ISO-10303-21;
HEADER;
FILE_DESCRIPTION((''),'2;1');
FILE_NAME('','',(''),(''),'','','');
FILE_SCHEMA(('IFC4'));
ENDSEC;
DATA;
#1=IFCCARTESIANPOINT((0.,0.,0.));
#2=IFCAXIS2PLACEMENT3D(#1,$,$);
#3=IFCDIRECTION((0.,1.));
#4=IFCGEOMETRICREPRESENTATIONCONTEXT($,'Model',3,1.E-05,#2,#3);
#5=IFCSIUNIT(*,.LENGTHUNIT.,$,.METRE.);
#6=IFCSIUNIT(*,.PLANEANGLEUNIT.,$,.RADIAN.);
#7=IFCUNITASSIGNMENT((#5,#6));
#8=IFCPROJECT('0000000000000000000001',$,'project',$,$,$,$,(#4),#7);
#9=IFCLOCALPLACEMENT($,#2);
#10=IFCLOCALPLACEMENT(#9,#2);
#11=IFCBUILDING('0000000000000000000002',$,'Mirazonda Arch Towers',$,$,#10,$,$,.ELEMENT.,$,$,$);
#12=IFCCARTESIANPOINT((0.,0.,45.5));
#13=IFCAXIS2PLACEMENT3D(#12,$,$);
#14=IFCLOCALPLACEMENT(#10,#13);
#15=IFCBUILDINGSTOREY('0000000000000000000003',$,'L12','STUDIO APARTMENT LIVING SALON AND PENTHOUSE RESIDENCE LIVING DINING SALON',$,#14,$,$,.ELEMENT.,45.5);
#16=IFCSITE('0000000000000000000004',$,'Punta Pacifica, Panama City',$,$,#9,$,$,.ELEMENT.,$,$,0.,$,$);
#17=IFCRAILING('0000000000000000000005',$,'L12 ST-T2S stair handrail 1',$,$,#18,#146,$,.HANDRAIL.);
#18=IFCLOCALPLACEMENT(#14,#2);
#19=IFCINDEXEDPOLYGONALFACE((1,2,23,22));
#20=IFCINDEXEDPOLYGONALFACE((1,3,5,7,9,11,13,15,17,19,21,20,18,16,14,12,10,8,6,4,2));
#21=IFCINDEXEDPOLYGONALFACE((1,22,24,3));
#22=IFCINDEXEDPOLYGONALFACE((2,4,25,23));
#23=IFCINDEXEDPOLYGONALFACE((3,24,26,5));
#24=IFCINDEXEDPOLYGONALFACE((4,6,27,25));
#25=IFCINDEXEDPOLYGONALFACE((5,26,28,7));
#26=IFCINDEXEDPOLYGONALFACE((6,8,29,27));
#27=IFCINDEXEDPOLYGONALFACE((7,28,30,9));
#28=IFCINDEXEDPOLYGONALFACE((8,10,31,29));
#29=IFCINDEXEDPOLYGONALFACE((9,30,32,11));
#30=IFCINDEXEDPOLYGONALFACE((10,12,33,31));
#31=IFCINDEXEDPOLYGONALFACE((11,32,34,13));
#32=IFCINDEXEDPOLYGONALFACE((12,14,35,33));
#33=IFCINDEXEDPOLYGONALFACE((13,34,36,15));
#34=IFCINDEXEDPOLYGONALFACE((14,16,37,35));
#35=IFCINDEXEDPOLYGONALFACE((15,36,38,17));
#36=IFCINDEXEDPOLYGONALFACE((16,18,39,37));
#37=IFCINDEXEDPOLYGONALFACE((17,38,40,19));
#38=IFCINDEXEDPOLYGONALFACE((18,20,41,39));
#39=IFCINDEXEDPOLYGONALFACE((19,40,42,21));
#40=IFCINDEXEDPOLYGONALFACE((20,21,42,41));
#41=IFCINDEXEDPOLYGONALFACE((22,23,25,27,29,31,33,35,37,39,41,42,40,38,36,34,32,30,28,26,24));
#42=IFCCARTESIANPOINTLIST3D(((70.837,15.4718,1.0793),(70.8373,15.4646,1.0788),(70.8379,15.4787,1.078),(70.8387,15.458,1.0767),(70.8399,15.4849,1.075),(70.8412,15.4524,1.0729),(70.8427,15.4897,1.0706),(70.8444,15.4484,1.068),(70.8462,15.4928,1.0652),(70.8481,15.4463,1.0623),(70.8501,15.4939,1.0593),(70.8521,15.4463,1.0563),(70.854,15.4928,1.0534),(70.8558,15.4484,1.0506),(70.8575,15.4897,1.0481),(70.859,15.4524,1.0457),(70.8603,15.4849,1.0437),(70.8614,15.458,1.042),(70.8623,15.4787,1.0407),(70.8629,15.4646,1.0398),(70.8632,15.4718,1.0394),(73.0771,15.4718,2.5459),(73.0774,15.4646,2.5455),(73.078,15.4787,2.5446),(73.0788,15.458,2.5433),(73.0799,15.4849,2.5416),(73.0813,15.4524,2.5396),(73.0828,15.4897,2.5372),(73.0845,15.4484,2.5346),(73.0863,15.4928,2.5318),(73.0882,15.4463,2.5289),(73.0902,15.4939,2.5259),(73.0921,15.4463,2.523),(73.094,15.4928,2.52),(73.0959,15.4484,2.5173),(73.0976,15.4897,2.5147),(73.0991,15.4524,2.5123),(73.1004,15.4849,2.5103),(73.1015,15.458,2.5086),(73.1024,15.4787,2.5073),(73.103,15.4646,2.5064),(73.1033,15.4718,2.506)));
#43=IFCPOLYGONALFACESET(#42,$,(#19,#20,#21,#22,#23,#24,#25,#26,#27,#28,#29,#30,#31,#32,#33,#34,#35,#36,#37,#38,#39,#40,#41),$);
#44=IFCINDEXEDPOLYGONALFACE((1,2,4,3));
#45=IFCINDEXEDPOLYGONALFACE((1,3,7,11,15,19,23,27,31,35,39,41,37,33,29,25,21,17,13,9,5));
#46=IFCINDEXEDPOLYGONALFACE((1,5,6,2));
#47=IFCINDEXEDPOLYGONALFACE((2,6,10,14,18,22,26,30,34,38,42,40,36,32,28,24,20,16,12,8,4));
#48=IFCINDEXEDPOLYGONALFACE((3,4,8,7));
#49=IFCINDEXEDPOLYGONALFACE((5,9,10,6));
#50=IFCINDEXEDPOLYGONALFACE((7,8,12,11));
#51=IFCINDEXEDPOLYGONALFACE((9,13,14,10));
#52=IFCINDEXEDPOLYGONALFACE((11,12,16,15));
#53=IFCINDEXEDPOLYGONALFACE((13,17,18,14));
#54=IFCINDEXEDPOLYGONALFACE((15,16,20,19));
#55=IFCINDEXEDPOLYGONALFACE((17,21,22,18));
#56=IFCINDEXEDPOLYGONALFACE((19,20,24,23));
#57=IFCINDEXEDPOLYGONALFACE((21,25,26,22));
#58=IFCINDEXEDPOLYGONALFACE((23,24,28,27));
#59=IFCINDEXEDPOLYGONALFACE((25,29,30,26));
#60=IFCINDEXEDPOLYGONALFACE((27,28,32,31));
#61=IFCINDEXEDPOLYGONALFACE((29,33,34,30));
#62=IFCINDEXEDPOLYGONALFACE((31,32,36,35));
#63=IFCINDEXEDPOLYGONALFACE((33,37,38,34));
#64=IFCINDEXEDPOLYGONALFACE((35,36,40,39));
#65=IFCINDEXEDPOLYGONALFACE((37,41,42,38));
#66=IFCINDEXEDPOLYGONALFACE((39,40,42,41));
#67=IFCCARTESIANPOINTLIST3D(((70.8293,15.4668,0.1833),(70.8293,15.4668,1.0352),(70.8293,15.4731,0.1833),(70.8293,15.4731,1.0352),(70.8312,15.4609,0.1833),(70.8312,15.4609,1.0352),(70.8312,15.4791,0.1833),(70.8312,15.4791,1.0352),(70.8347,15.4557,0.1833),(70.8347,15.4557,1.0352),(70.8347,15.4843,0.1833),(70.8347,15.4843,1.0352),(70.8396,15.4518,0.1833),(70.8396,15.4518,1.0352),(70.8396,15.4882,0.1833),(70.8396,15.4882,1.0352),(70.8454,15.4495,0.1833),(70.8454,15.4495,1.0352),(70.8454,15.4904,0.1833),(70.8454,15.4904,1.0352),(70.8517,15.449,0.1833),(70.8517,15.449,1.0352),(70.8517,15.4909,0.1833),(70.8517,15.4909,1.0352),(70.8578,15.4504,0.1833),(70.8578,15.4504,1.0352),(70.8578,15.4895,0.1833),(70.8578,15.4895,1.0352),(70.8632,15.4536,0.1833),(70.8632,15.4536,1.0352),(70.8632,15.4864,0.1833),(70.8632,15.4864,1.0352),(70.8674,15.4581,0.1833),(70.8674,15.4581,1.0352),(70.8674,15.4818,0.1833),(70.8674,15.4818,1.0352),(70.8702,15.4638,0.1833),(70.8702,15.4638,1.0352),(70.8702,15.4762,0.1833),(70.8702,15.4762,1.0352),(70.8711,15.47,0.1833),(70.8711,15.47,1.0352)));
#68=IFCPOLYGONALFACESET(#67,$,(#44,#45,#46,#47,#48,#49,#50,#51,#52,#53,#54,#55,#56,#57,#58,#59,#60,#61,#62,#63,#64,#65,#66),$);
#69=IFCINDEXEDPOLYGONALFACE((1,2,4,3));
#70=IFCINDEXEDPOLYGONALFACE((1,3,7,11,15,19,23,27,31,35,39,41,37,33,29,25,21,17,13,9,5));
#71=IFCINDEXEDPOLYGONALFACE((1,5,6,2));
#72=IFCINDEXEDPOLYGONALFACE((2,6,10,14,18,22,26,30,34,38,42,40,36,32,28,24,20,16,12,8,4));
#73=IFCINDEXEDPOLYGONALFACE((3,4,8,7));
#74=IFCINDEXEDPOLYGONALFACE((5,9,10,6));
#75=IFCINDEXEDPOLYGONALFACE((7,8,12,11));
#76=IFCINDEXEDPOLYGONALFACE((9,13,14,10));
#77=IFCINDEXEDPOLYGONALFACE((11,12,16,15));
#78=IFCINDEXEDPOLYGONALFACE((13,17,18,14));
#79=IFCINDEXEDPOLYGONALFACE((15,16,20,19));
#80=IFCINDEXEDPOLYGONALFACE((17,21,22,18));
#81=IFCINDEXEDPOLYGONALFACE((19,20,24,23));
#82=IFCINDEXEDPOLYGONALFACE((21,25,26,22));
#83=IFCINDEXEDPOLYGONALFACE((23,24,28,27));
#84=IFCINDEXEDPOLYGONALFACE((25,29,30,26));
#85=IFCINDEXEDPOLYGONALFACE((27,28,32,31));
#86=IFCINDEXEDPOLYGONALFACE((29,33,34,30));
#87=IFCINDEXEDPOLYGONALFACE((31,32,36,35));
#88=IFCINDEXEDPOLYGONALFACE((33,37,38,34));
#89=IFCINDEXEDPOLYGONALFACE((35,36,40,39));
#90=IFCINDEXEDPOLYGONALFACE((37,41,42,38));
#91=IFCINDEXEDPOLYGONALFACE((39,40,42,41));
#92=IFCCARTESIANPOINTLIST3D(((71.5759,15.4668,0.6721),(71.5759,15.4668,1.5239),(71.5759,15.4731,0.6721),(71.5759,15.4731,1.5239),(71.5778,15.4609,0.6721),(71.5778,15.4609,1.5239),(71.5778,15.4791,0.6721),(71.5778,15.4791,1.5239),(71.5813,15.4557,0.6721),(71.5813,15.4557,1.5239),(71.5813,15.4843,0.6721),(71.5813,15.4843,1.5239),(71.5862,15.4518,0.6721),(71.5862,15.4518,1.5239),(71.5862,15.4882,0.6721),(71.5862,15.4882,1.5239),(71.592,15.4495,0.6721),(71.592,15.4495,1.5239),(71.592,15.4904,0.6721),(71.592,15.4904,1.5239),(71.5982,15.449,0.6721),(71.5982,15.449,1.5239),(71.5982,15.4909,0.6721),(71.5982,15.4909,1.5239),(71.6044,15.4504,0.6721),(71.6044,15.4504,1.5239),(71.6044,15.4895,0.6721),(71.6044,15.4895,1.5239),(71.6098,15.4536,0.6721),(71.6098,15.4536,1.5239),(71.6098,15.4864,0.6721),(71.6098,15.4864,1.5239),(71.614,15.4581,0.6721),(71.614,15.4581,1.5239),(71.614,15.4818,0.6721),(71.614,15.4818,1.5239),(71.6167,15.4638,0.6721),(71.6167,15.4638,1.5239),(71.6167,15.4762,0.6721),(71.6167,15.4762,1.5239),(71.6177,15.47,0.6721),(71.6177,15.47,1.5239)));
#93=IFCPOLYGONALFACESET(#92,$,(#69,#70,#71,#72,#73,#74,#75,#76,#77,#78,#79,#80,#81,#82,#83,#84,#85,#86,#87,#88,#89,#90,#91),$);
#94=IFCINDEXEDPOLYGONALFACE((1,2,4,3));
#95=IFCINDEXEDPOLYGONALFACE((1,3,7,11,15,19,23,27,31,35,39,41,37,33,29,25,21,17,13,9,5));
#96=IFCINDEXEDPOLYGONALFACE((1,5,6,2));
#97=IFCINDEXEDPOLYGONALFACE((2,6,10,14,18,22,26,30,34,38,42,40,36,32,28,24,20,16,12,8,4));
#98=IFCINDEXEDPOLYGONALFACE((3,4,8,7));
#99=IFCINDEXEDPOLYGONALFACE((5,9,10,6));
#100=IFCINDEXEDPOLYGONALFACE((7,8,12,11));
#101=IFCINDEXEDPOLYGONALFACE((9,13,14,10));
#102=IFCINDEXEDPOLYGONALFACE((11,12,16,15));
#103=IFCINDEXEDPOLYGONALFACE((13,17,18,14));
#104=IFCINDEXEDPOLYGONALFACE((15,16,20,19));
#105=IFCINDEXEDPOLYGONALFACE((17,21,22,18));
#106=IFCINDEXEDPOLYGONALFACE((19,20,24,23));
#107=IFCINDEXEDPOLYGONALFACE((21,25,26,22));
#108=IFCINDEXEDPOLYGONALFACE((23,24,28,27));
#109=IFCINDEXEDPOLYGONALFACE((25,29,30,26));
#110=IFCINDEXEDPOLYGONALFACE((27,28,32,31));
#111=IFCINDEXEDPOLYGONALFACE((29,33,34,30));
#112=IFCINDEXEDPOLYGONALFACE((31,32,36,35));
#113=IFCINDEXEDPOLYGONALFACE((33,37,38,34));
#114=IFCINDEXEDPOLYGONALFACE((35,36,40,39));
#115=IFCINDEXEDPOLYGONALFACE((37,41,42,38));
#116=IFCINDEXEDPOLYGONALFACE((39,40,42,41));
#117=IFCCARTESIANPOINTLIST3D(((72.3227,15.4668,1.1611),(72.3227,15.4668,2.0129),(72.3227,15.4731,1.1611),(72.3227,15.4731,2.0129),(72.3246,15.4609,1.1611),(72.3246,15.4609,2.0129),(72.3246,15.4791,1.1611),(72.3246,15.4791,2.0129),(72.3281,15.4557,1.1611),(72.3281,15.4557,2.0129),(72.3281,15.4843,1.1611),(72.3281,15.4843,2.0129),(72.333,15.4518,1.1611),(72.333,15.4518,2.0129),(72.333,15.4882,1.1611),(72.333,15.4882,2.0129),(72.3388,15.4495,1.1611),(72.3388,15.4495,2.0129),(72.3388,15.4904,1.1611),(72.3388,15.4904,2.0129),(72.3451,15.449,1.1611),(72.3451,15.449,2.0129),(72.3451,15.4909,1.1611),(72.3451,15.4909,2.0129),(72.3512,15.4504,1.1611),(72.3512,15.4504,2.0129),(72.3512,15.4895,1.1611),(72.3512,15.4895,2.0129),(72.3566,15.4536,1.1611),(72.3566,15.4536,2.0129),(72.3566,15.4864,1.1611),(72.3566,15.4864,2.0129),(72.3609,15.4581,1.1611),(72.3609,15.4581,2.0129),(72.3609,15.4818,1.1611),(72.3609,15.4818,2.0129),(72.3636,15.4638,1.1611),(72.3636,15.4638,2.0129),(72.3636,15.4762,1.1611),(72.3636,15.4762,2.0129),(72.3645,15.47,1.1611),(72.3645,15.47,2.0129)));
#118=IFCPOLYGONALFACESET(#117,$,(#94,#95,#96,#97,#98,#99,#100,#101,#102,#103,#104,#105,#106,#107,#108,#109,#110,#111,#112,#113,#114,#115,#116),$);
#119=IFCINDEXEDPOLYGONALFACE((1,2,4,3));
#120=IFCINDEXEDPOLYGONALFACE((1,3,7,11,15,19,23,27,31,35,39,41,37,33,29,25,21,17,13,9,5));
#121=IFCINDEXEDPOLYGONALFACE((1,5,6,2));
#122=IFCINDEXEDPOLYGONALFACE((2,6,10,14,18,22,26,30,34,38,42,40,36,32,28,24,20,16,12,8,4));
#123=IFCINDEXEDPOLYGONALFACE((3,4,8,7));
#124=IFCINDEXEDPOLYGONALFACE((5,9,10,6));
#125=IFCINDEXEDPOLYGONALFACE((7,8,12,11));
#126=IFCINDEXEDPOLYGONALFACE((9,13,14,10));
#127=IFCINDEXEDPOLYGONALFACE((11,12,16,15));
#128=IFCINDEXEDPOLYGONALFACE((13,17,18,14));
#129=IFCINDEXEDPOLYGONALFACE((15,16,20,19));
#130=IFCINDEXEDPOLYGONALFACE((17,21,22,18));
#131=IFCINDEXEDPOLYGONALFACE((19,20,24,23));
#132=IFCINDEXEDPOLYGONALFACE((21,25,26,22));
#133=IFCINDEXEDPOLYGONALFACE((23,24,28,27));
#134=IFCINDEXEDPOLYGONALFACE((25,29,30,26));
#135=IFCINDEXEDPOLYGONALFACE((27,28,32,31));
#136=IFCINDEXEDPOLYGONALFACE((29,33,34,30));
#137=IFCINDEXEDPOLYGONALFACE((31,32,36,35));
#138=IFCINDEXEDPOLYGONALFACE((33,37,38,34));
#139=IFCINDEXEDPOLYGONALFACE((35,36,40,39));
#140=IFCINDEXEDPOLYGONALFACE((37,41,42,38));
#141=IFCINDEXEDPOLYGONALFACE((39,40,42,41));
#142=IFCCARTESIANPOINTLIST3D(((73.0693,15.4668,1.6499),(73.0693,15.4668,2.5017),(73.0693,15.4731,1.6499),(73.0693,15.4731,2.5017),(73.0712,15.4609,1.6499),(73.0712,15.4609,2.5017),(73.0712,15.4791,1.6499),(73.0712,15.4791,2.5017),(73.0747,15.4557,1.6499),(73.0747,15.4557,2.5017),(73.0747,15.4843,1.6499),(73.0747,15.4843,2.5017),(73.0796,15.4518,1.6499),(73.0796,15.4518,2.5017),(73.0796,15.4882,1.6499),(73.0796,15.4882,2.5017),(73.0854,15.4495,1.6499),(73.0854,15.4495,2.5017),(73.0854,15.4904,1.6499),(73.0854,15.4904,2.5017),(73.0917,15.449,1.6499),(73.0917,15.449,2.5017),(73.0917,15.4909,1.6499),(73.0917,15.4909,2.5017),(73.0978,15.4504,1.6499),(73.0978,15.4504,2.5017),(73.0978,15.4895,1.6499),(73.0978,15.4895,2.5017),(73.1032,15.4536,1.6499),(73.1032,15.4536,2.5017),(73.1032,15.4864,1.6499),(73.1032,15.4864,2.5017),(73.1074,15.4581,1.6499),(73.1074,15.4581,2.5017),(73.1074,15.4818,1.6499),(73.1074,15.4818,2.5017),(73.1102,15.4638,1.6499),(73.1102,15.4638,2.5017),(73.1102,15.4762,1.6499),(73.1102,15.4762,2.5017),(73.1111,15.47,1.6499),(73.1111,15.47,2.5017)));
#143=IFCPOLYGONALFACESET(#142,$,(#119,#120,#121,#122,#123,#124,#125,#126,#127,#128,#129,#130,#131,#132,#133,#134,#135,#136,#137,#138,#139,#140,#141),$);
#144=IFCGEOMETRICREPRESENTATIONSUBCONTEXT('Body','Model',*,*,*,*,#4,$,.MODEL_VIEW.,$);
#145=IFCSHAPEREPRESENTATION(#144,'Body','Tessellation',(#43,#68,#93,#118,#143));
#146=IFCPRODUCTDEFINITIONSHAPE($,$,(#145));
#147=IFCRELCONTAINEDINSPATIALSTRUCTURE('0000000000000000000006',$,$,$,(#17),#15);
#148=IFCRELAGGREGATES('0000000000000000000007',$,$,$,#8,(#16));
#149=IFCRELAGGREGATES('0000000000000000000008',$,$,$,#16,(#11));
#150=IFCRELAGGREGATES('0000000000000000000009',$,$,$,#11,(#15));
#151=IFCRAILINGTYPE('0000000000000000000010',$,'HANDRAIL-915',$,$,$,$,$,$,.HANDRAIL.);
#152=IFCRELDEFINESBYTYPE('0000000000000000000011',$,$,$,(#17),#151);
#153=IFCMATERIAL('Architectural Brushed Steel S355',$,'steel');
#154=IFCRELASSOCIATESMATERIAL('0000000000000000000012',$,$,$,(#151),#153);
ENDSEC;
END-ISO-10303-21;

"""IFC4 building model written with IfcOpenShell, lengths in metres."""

from ifc_helpers import new_model, si_unit, direction, frame, origin, origin_2d, place, context, subcontext, project, spatial, circle, extrude, material, type_object, element, save


model = new_model("IFC4")

# Units and contexts
model_context = context("Model", 3, precision=1e-05, world=origin(), true_north=direction((0.0, 1.0)))
body_context = subcontext(model_context, "Body", "Model", "MODEL_VIEW")
ifc_project = project(units=[si_unit("LENGTHUNIT", "METRE"), si_unit("PLANEANGLEUNIT", "RADIAN")], contexts=[model_context])

# Site, building, storey
site_placement = place(None, origin())
site = spatial("IfcSite", under=ifc_project, at=site_placement, Name="Punta Pacifica, Panama City", CompositionType="ELEMENT", RefElevation=0.0)
building_placement = place(site_placement, origin())
building = spatial("IfcBuilding", under=site, at=building_placement, Name="Mirazonda Arch Towers", CompositionType="ELEMENT")
storey_placement = place(building_placement, frame((0.0, 0.0, 45.5)))
storey = spatial("IfcBuildingStorey", under=building, at=storey_placement, Name="L12", Description="STUDIO APARTMENT LIVING SALON AND PENTHOUSE RESIDENCE LIVING DINING SALON", CompositionType="ELEMENT", Elevation=45.5)

# Railing
ifc_material_1 = material(Name="Architectural Brushed Steel S355", Category="steel")
railing_type_1 = type_object("IfcRailingType", Name="HANDRAIL-915", PredefinedType="HANDRAIL", material=ifc_material_1)
railing_1_placement = place(storey_placement, frame((70.8501, 15.47, 0.1833)))
element("IfcRailing", 1, at=railing_1_placement, inside=storey, type_object=railing_type_1, Name="L12 ST-T2S stair handrail 1", PredefinedType="HANDRAIL", context=body_context, shape_type="SweptSolid", body=[
    extrude(circle(Radius=0.0239, at=origin_2d()), frame((0.0, 0.0, 0.876), z_axis=(0.836637, 0.0, 0.547758), x_axis=(0.0, 1.0, 0.0)), (0.0, 0.0, 1.0), 2.6775),
    extrude(circle(Radius=0.021, at=origin_2d()), origin(), (0.0, 0.0, 1.0), 0.8518),
    extrude(circle(Radius=0.021, at=origin_2d()), frame((0.7466, 0.0, 0.4888)), (0.0, 0.0, 1.0), 0.8518),
    extrude(circle(Radius=0.021, at=origin_2d()), frame((1.4934, 0.0, 0.9778)), (0.0, 0.0, 1.0), 0.8518),
    extrude(circle(Radius=0.021, at=origin_2d()), frame((2.24, 0.0, 1.4666)), (0.0, 0.0, 1.0), 0.8518),
])

save(model, "model.ifc")
